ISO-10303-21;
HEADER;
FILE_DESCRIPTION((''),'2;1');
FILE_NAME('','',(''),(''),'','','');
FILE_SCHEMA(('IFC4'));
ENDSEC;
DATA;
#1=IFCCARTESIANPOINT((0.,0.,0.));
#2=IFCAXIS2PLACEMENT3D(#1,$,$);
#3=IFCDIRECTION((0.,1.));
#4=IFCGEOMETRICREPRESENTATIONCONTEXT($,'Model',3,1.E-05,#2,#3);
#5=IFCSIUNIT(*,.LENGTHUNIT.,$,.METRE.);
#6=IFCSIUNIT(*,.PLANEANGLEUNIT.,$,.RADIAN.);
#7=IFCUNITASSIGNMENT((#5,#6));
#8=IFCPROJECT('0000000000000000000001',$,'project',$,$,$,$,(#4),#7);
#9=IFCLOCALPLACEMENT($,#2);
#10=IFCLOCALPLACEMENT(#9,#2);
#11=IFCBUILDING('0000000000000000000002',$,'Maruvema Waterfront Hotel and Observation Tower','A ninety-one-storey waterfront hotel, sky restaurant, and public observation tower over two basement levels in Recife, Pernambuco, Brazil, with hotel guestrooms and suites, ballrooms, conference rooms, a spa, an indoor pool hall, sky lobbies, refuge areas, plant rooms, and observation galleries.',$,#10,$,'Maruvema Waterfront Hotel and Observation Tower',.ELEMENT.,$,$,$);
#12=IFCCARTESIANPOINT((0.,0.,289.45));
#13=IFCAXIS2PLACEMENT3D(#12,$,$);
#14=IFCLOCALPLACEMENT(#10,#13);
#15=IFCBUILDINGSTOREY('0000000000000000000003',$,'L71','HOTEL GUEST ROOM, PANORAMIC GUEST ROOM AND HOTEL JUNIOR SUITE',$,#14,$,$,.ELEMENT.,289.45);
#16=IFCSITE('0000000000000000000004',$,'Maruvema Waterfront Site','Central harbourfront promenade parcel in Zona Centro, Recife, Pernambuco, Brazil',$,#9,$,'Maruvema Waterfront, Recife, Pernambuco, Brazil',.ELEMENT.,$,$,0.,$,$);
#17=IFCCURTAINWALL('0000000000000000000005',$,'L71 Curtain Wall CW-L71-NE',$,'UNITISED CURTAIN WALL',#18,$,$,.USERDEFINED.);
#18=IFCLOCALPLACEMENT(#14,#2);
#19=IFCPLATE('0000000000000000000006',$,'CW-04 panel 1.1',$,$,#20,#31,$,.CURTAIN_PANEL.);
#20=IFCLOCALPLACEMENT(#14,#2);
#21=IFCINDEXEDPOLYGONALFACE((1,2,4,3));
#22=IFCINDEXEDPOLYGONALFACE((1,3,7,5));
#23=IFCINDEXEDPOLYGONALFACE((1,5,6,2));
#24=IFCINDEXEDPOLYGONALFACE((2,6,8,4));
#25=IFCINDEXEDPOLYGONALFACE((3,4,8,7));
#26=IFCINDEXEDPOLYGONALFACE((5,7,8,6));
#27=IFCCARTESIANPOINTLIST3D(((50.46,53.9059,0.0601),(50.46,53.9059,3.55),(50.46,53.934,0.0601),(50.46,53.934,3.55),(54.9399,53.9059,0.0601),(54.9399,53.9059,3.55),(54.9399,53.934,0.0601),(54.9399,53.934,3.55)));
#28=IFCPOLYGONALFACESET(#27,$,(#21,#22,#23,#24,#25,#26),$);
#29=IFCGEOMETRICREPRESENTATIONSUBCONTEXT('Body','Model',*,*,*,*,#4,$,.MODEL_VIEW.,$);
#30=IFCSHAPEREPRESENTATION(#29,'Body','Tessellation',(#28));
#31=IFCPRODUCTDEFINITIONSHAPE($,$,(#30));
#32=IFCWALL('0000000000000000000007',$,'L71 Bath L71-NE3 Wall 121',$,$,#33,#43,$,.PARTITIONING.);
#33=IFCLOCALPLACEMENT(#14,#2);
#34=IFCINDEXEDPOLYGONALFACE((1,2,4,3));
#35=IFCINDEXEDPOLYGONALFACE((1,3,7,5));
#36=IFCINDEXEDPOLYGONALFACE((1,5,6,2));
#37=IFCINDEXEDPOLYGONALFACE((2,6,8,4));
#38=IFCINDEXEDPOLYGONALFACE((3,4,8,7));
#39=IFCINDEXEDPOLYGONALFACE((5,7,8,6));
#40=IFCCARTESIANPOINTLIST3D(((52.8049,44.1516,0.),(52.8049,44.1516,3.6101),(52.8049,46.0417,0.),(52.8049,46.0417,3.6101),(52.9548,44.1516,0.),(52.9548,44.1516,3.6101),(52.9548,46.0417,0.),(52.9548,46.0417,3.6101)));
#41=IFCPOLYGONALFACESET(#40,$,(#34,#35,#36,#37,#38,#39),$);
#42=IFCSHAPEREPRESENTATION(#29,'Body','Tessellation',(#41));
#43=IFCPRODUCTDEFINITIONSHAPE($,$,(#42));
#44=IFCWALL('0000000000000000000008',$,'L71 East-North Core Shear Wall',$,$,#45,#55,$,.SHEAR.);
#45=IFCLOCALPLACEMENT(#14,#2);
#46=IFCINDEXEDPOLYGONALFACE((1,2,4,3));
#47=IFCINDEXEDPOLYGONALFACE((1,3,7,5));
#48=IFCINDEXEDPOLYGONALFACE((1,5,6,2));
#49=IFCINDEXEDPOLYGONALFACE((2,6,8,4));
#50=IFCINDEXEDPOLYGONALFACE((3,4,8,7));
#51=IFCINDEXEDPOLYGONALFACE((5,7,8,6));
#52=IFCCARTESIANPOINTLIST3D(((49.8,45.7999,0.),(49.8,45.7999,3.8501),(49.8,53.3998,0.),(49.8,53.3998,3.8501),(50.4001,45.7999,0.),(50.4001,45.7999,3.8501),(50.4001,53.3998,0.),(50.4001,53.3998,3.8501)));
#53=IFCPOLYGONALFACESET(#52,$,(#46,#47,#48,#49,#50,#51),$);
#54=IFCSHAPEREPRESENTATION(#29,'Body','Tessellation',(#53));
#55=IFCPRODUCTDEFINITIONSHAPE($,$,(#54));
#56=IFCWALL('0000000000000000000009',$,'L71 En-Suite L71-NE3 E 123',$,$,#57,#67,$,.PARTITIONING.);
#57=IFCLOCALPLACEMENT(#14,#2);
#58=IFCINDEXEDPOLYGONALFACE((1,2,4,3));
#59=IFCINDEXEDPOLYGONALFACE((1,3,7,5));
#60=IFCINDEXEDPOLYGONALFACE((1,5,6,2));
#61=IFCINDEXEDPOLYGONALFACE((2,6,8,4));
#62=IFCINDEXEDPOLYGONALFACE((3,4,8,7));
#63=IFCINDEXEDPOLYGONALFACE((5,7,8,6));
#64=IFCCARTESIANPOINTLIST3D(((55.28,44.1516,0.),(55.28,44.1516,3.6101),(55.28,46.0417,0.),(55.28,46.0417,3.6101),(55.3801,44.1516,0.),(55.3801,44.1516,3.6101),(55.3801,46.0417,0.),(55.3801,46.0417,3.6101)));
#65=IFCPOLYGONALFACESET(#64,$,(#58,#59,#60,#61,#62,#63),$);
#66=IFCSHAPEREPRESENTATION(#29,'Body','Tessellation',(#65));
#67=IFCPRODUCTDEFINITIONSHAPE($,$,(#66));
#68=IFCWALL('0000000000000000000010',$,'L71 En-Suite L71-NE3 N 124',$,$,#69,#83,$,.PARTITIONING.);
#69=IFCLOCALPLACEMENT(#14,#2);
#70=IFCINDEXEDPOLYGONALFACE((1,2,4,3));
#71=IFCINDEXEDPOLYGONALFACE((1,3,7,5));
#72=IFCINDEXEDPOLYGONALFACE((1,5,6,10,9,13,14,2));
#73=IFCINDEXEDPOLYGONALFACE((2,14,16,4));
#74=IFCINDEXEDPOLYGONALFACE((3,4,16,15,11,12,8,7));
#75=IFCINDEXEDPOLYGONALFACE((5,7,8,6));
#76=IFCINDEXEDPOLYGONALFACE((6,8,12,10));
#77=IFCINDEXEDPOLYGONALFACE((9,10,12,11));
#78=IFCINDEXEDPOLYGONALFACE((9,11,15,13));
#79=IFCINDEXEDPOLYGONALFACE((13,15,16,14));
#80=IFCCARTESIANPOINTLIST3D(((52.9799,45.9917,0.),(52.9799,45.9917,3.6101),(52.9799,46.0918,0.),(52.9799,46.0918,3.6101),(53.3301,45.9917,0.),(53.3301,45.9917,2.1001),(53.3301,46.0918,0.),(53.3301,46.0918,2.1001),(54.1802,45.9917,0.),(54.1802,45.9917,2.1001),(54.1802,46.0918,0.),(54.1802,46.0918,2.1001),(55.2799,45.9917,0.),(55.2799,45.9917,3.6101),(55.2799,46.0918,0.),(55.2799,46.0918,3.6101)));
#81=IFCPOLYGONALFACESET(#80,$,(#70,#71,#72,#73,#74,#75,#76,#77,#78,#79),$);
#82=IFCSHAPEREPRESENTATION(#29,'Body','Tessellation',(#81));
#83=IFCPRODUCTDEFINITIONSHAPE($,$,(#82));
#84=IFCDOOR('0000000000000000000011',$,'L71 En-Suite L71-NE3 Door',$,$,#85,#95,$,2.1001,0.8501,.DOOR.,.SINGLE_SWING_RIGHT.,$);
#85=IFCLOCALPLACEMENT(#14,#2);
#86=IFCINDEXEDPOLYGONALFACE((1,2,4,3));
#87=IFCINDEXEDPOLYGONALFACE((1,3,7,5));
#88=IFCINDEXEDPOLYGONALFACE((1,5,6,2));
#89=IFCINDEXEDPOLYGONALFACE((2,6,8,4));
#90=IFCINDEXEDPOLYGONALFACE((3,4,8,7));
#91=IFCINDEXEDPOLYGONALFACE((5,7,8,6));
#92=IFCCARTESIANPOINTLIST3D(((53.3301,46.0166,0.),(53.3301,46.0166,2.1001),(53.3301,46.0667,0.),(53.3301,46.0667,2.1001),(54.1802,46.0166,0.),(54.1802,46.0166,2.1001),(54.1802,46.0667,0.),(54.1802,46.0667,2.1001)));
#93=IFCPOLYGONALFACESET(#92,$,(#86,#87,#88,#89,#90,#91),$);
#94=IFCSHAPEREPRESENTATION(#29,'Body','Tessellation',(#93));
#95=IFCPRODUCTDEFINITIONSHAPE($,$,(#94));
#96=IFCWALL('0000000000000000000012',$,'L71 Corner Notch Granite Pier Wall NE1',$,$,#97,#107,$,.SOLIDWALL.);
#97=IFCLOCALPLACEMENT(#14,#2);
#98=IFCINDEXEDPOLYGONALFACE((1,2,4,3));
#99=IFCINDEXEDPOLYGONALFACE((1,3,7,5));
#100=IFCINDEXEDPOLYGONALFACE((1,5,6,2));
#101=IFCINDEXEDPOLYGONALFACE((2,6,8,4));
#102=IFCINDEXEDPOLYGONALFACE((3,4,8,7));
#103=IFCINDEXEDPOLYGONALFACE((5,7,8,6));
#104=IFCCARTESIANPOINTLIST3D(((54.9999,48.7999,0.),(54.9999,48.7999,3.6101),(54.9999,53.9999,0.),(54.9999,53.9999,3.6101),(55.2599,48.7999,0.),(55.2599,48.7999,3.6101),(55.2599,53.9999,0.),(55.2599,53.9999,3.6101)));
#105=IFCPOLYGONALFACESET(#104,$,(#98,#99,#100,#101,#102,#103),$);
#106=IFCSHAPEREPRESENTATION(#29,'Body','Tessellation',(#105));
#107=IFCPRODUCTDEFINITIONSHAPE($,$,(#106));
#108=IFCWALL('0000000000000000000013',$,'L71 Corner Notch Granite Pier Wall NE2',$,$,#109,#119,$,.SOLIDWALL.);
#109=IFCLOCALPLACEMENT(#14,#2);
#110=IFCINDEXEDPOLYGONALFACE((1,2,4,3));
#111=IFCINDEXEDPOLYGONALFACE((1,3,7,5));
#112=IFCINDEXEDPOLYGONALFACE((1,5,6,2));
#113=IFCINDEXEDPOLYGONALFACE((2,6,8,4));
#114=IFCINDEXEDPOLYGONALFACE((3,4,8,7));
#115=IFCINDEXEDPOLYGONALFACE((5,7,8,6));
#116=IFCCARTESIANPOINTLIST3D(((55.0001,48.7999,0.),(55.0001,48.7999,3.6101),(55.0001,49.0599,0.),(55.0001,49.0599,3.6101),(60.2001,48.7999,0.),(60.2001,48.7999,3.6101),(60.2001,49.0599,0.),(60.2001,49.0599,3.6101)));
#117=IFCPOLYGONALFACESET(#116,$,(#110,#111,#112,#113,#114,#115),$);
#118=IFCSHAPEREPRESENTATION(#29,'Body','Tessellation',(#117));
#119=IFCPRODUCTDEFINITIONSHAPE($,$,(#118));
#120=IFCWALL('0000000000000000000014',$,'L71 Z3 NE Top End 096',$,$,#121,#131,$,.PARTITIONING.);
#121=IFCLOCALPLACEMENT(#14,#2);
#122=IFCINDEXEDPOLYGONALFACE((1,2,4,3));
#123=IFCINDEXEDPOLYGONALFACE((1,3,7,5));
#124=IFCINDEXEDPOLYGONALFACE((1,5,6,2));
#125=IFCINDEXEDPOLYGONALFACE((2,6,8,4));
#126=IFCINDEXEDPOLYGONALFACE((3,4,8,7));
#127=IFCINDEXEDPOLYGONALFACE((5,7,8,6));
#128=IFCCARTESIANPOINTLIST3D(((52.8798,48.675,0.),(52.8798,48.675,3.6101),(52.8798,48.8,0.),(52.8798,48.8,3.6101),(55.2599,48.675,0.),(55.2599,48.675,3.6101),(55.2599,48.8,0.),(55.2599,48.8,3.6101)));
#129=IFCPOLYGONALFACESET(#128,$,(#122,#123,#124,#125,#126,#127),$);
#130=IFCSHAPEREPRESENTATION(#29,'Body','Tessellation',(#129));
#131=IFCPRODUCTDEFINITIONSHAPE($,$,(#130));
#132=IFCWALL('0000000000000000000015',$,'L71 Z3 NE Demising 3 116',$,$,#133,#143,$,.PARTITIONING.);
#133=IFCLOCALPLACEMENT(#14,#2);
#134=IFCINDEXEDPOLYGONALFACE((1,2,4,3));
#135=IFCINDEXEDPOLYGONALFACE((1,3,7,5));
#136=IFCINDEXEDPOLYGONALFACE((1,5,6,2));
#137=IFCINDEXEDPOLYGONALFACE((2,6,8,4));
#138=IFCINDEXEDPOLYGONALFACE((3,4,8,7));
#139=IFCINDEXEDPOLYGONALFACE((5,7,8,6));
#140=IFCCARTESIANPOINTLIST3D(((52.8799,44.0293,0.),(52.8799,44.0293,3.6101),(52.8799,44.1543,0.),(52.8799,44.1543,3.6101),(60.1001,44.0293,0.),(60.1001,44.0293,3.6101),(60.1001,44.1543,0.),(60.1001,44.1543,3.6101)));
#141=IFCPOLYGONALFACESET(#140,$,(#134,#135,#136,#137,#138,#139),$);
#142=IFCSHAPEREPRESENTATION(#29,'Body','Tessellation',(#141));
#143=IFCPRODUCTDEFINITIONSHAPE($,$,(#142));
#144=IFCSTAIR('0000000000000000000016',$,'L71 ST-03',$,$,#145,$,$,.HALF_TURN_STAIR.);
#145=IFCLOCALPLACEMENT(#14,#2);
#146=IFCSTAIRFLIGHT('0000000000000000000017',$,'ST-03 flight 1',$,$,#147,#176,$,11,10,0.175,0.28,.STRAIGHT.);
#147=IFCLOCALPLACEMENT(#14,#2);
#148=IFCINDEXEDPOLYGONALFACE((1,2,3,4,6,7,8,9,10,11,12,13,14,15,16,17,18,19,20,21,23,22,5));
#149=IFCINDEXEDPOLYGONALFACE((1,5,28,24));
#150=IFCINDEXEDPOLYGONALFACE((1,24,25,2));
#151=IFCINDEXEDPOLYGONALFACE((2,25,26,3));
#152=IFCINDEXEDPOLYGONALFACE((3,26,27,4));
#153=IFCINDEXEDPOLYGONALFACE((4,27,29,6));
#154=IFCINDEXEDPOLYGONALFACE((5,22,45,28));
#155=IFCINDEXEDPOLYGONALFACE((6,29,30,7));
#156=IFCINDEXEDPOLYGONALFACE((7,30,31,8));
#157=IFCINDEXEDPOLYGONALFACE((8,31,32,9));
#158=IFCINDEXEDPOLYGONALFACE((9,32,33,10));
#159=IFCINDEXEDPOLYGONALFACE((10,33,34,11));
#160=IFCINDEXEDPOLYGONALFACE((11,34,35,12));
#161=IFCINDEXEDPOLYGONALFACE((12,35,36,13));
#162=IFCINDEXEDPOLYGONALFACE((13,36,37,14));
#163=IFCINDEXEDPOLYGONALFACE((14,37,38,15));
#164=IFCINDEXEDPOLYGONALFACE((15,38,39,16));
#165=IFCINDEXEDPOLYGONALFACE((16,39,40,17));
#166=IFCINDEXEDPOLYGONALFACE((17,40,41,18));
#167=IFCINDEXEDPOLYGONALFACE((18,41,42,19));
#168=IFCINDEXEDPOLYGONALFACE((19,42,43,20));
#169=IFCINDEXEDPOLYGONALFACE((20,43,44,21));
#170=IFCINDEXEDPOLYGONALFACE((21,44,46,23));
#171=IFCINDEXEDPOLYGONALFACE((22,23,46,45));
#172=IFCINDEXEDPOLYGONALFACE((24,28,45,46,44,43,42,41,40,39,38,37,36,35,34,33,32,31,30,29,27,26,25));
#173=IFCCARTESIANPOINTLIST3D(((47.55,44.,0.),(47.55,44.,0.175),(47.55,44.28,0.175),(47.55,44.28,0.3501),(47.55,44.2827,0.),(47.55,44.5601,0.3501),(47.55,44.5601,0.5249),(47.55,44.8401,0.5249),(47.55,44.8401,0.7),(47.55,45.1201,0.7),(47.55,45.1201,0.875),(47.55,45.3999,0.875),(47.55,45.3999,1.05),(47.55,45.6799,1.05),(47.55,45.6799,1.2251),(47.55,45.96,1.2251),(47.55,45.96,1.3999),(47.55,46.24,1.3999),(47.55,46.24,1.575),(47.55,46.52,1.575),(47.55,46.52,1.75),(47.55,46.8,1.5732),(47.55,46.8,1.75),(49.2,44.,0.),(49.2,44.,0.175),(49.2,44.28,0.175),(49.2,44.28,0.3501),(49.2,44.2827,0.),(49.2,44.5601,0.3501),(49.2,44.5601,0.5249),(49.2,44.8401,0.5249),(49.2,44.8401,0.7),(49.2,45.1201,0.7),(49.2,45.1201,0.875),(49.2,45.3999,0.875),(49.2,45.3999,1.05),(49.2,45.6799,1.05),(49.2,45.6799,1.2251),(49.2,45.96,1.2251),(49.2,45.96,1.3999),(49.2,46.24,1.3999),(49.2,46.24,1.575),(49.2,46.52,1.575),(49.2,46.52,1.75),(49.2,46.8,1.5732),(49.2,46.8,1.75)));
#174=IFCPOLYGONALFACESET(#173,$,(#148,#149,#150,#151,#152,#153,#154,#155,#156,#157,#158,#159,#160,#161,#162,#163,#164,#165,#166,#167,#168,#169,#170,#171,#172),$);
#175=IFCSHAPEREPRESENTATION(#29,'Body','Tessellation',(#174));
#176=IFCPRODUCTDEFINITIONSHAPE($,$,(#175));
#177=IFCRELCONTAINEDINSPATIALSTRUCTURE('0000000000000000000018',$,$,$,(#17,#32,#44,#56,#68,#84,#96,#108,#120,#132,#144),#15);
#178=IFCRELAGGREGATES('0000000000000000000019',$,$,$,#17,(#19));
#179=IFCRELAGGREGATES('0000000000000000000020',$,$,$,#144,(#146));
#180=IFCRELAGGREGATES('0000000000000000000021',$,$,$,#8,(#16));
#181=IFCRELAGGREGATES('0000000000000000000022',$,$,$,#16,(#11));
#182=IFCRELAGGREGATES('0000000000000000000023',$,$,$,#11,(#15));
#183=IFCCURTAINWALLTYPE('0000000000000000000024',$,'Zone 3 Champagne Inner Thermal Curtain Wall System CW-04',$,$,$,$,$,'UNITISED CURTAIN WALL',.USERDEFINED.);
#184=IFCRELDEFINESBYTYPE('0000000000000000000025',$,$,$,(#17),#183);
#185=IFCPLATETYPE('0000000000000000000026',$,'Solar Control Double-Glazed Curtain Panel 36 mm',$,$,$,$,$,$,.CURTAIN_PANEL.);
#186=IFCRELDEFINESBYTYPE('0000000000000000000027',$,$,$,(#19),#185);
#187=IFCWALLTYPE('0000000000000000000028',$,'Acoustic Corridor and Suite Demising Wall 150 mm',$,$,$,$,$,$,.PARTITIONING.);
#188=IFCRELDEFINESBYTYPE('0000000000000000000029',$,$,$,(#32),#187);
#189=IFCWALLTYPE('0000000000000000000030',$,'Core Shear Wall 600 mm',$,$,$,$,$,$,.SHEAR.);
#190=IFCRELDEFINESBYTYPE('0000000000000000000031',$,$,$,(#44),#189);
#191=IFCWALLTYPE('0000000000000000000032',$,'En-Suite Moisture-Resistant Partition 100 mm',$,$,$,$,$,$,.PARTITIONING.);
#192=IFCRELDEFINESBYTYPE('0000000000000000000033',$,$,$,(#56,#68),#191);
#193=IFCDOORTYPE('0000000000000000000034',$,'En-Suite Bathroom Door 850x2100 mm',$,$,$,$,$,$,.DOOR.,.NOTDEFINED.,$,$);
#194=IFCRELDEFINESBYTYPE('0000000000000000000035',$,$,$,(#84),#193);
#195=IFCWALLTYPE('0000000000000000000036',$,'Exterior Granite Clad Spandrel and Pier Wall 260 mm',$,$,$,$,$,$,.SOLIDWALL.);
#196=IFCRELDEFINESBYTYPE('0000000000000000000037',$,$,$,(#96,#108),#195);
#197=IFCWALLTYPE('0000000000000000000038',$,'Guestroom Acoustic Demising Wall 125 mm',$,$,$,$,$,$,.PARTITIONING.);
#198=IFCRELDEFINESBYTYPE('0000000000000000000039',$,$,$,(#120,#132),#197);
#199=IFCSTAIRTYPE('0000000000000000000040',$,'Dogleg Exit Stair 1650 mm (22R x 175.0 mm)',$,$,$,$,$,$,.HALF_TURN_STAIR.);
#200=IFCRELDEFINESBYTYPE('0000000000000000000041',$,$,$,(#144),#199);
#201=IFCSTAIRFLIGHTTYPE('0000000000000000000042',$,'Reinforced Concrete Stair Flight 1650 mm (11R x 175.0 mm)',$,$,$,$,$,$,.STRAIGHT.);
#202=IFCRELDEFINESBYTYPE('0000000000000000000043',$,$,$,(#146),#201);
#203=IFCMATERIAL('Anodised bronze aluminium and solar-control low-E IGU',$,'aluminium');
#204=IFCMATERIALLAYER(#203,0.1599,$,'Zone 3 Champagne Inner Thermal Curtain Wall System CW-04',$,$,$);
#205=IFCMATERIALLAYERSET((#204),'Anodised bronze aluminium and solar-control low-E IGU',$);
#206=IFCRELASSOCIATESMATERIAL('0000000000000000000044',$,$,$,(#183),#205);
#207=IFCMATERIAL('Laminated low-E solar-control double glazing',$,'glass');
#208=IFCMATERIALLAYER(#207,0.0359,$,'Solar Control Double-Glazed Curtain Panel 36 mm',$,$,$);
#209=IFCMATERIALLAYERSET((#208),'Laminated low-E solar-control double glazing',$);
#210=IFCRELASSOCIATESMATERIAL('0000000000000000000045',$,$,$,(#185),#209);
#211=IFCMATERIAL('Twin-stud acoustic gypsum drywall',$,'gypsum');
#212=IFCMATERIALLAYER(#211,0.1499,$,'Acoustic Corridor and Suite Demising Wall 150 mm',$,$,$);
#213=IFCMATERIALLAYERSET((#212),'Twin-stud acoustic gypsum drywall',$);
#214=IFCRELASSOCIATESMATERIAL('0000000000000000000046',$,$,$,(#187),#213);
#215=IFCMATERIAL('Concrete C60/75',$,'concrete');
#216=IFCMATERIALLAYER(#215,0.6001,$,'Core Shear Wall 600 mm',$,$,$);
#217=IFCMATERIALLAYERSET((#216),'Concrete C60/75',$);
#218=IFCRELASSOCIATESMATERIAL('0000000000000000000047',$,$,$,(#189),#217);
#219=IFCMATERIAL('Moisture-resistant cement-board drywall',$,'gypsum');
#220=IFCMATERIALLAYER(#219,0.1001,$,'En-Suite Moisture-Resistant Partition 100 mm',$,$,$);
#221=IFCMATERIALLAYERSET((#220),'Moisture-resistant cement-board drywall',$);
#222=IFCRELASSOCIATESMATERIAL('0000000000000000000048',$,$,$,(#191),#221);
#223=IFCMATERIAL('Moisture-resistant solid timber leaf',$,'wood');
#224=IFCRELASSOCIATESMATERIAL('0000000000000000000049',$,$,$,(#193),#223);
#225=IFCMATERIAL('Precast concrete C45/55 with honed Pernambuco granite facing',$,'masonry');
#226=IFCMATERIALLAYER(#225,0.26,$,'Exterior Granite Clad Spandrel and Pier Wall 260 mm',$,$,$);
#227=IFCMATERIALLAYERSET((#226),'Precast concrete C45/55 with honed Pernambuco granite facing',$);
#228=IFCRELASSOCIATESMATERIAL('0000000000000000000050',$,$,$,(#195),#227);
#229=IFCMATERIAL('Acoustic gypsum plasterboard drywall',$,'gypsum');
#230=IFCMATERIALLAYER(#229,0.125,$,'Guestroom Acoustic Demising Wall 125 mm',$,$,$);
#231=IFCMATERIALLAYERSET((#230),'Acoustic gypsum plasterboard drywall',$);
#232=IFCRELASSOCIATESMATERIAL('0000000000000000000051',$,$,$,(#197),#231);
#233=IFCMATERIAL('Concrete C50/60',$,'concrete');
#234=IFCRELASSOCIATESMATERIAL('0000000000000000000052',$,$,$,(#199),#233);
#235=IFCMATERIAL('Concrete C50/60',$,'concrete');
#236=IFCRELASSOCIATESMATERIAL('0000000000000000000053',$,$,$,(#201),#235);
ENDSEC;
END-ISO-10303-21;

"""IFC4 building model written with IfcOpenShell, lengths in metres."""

from ifc_helpers import new_model, si_unit, direction, frame, frame_2d, origin, origin_2d, place, context, subcontext, project, spatial, polyline, rectangle, outline, extrude, material, layer, layer_set, type_object, element, fill, aggregate, save


model = new_model("IFC4")

# Units and contexts
model_context = context("Model", 3, precision=1e-05, world=origin(), true_north=direction((0.0, 1.0)))
body_context = subcontext(model_context, "Body", "Model", "MODEL_VIEW")
ifc_project = project(units=[si_unit("LENGTHUNIT", "METRE"), si_unit("PLANEANGLEUNIT", "RADIAN")], contexts=[model_context])

# Site, building, storey
site_placement = place(None, origin())
site = spatial("IfcSite", under=ifc_project, at=site_placement, Name="Maruvema Waterfront Site", Description="Central harbourfront promenade parcel in Zona Centro, Recife, Pernambuco, Brazil", LongName="Maruvema Waterfront, Recife, Pernambuco, Brazil", CompositionType="ELEMENT", RefElevation=0.0)
building_placement = place(site_placement, origin())
building = spatial("IfcBuilding", under=site, at=building_placement, Name="Maruvema Waterfront Hotel and Observation Tower", Description="A ninety-one-storey waterfront hotel, sky restaurant, and public observation tower over two basement levels in Recife, Pernambuco, Brazil, with hotel guestrooms and suites, ballrooms, conference rooms, a spa, an indoor pool hall, sky lobbies, refuge areas, plant rooms, and observation galleries.", LongName="Maruvema Waterfront Hotel and Observation Tower", CompositionType="ELEMENT")
storey_placement = place(building_placement, frame((0.0, 0.0, 289.45)))
storey = spatial("IfcBuildingStorey", under=building, at=storey_placement, Name="L71", Description="HOTEL GUEST ROOM, PANORAMIC GUEST ROOM AND HOTEL JUNIOR SUITE", CompositionType="ELEMENT", Elevation=289.45)

# Curtain wall
ifc_material_1 = material(Name="Anodised bronze aluminium and solar-control low-E IGU", Category="aluminium")
ifc_layer_1 = layer(ifc_material_1, 0.1599, Name="Zone 3 Champagne Inner Thermal Curtain Wall System CW-04")
ifc_layer_set_1 = layer_set([ifc_layer_1], Name="Anodised bronze aluminium and solar-control low-E IGU")
curtain_wall_type = type_object("IfcCurtainWallType", Name="Zone 3 Champagne Inner Thermal Curtain Wall System CW-04", ElementType="UNITISED CURTAIN WALL", PredefinedType="USERDEFINED", material=ifc_layer_set_1)
curtain_wall_1_placement = place(storey_placement, origin())
curtain_wall_1 = element("IfcCurtainWall", 1, at=curtain_wall_1_placement, inside=storey, type_object=curtain_wall_type, Name="L71 Curtain Wall CW-L71-NE", ObjectType="UNITISED CURTAIN WALL", PredefinedType="USERDEFINED")

# Plate
ifc_material_2 = material(Name="Laminated low-E solar-control double glazing", Category="glass")
ifc_layer_2 = layer(ifc_material_2, 0.0359, Name="Solar Control Double-Glazed Curtain Panel 36 mm")
ifc_layer_set_2 = layer_set([ifc_layer_2], Name="Laminated low-E solar-control double glazing")
plate_type = type_object("IfcPlateType", Name="Solar Control Double-Glazed Curtain Panel 36 mm", PredefinedType="CURTAIN_PANEL", material=ifc_layer_set_2)
plate_1_placement = place(storey_placement, frame((52.7, 53.9199, 0.0601), z_axis=(0.0, 0.0, 1.0), x_axis=(-1.0, 0.0, 0.0)))
plate_1 = element("IfcPlate", 2, at=plate_1_placement, type_object=plate_type, Name="CW-04 panel 1.1", PredefinedType="CURTAIN_PANEL", context=body_context, shape_type="SweptSolid", body=[
    extrude(rectangle(XDim=4.48, YDim=0.0281, at=origin_2d()), origin(), (0.0, 0.0, 1.0), 3.49),
])
aggregate(curtain_wall_1, [plate_1])

# Wall
ifc_material_3 = material(Name="Twin-stud acoustic gypsum drywall", Category="gypsum")
ifc_layer_3 = layer(ifc_material_3, 0.1499, Name="Acoustic Corridor and Suite Demising Wall 150 mm")
ifc_layer_set_3 = layer_set([ifc_layer_3], Name="Twin-stud acoustic gypsum drywall")
wall_type_1 = type_object("IfcWallType", Name="Acoustic Corridor and Suite Demising Wall 150 mm", PredefinedType="PARTITIONING", material=ifc_layer_set_3)
wall_1_placement = place(storey_placement, frame((52.8799, 44.1516, 0.0), z_axis=(0.0, 0.0, 1.0), x_axis=(0.0, 1.0, 0.0)))
element("IfcWall", 3, at=wall_1_placement, inside=storey, type_object=wall_type_1, Name="L71 Bath L71-NE3 Wall 121", PredefinedType="PARTITIONING", context=body_context, shape_type="SweptSolid", body=[
    extrude(rectangle(XDim=1.8901, YDim=0.1499, at=frame_2d((0.9451, 0.0))), origin(), (0.0, 0.0, 1.0), 3.6101),
])

# Walls
ifc_material_4 = material(Name="Concrete C60/75", Category="concrete")
ifc_layer_4 = layer(ifc_material_4, 0.6001, Name="Core Shear Wall 600 mm")
ifc_layer_set_4 = layer_set([ifc_layer_4], Name="Concrete C60/75")
wall_type_2 = type_object("IfcWallType", Name="Core Shear Wall 600 mm", PredefinedType="SHEAR", material=ifc_layer_set_4)
wall_2_placement = place(storey_placement, frame((50.1001, 45.8, 0.0), z_axis=(0.0, 0.0, 1.0), x_axis=(0.0, 1.0, 0.0)))
element("IfcWall", 4, at=wall_2_placement, inside=storey, type_object=wall_type_2, Name="L71 East-North Core Shear Wall", PredefinedType="SHEAR", context=body_context, shape_type="SweptSolid", body=[
    extrude(rectangle(XDim=7.5999, YDim=0.6001, at=frame_2d((3.7998, 0.0))), origin(), (0.0, 0.0, 1.0), 3.8501),
])
ifc_material_5 = material(Name="Moisture-resistant cement-board drywall", Category="gypsum")
ifc_layer_5 = layer(ifc_material_5, 0.1001, Name="En-Suite Moisture-Resistant Partition 100 mm")
ifc_layer_set_5 = layer_set([ifc_layer_5], Name="Moisture-resistant cement-board drywall")
wall_type_3 = type_object("IfcWallType", Name="En-Suite Moisture-Resistant Partition 100 mm", PredefinedType="PARTITIONING", material=ifc_layer_set_5)
wall_3_placement = place(storey_placement, frame((55.3301, 44.1516, 0.0), z_axis=(0.0, 0.0, 1.0), x_axis=(0.0, 1.0, 0.0)))
element("IfcWall", 5, at=wall_3_placement, inside=storey, type_object=wall_type_3, Name="L71 En-Suite L71-NE3 E 123", PredefinedType="PARTITIONING", context=body_context, shape_type="SweptSolid", body=[
    extrude(rectangle(XDim=1.8901, YDim=0.1001, at=frame_2d((0.9451, 0.0))), origin(), (0.0, 0.0, 1.0), 3.6101),
])

# Wall, opening, door
wall_4_placement = place(storey_placement, frame((52.98, 46.0417, 0.0), z_axis=(0.0, 0.0, 1.0), x_axis=(1.0, 0.0, 0.0)))
wall_4 = element("IfcWall", 6, at=wall_4_placement, inside=storey, type_object=wall_type_3, Name="L71 En-Suite L71-NE3 N 124", PredefinedType="PARTITIONING", context=body_context, shape_type="SweptSolid", body=[
    extrude(rectangle(XDim=2.3, YDim=0.1001, at=frame_2d((1.1499, 0.0))), origin(), (0.0, 0.0, 1.0), 3.6101),
])
opening_1_placement = place(wall_4_placement, frame((0.3501, 0.0, 0.0)))
opening_1 = element("IfcOpeningElement", 7, at=opening_1_placement, cuts=wall_4, PredefinedType="OPENING", context=body_context, shape_type="SweptSolid", body=[
    extrude(rectangle(XDim=0.8501, YDim=2.1001, at=frame_2d((0.425, 1.05))), frame((0.0, 0.0601, 0.0), z_axis=(0.0, -1.0, 0.0), x_axis=(1.0, 0.0, 0.0)), (0.0, 0.0, 1.0), 0.1201),
])
ifc_material_6 = material(Name="Moisture-resistant solid timber leaf", Category="wood")
door_type_1 = type_object("IfcDoorType", Name="En-Suite Bathroom Door 850x2100 mm", OperationType="NOTDEFINED", PredefinedType="DOOR", material=ifc_material_6)
door_1_placement = place(opening_1_placement, origin())
door_1 = element("IfcDoor", 8, at=door_1_placement, inside=storey, type_object=door_type_1, Name="L71 En-Suite L71-NE3 Door", OperationType="SINGLE_SWING_RIGHT", OverallHeight=2.1001, OverallWidth=0.8501, PredefinedType="DOOR", context=body_context, shape_type="SweptSolid", body=[
    extrude(rectangle(XDim=0.8501, YDim=2.1001, at=frame_2d((0.425, 1.05))), frame((0.0, 0.0249, 0.0), z_axis=(0.0, -1.0, 0.0), x_axis=(1.0, 0.0, 0.0)), (0.0, 0.0, 1.0), 0.05),
])
fill(opening_1, door_1)

# Walls
ifc_material_7 = material(Name="Precast concrete C45/55 with honed Pernambuco granite facing", Category="masonry")
ifc_layer_6 = layer(ifc_material_7, 0.26, Name="Exterior Granite Clad Spandrel and Pier Wall 260 mm")
ifc_layer_set_6 = layer_set([ifc_layer_6], Name="Precast concrete C45/55 with honed Pernambuco granite facing")
wall_type_4 = type_object("IfcWallType", Name="Exterior Granite Clad Spandrel and Pier Wall 260 mm", PredefinedType="SOLIDWALL", material=ifc_layer_set_6)
for number, where, z_axis, x_axis, name in (
    (9, (55.1299, 54.0, 0.0), (0.0, 0.0, 1.0), (0.0, -1.0, 0.0), "L71 Corner Notch Granite Pier Wall NE1"),
    (10, (55.0, 48.9299, 0.0), (0.0, 0.0, 1.0), (1.0, 0.0, 0.0), "L71 Corner Notch Granite Pier Wall NE2"),
):
    element("IfcWall", number, at=place(storey_placement, frame(where, z_axis=z_axis, x_axis=x_axis)), inside=storey, type_object=wall_type_4, Name=name, PredefinedType="SOLIDWALL", context=body_context, shape_type="SweptSolid", body=[
        extrude(rectangle(XDim=5.2, YDim=0.26, at=frame_2d((2.6001, 0.0))), origin(), (0.0, 0.0, 1.0), 3.6101),
    ])
ifc_material_8 = material(Name="Acoustic gypsum plasterboard drywall", Category="gypsum")
ifc_layer_7 = layer(ifc_material_8, 0.125, Name="Guestroom Acoustic Demising Wall 125 mm")
ifc_layer_set_7 = layer_set([ifc_layer_7], Name="Acoustic gypsum plasterboard drywall")
wall_type_5 = type_object("IfcWallType", Name="Guestroom Acoustic Demising Wall 125 mm", PredefinedType="PARTITIONING", material=ifc_layer_set_7)
wall_5_placement = place(storey_placement, frame((52.8799, 48.7375, 0.0), z_axis=(0.0, 0.0, 1.0), x_axis=(1.0, 0.0, 0.0)))
element("IfcWall", 11, at=wall_5_placement, inside=storey, type_object=wall_type_5, Name="L71 Z3 NE Top End 096", PredefinedType="PARTITIONING", context=body_context, shape_type="SweptSolid", body=[
    extrude(rectangle(XDim=2.3801, YDim=0.125, at=frame_2d((1.1899, 0.0))), origin(), (0.0, 0.0, 1.0), 3.6101),
])
wall_6_placement = place(storey_placement, frame((52.8799, 44.0918, 0.0), z_axis=(0.0, 0.0, 1.0), x_axis=(1.0, 0.0, 0.0)))
element("IfcWall", 12, at=wall_6_placement, inside=storey, type_object=wall_type_5, Name="L71 Z3 NE Demising 3 116", PredefinedType="PARTITIONING", context=body_context, shape_type="SweptSolid", body=[
    extrude(rectangle(XDim=7.2202, YDim=0.125, at=frame_2d((3.6101, 0.0))), origin(), (0.0, 0.0, 1.0), 3.6101),
])

# Stair, stair flight
ifc_material_9 = material(Name="Concrete C50/60", Category="concrete")
stair_type = type_object("IfcStairType", Name="Dogleg Exit Stair 1650 mm (22R x 175.0 mm)", PredefinedType="HALF_TURN_STAIR", material=ifc_material_9)
stair_placement = place(storey_placement, origin())
stair = element("IfcStair", 13, at=stair_placement, inside=storey, type_object=stair_type, Name="L71 ST-03", PredefinedType="HALF_TURN_STAIR")
ifc_material_10 = material(Name="Concrete C50/60", Category="concrete")
stair_flight_type = type_object("IfcStairFlightType", Name="Reinforced Concrete Stair Flight 1650 mm (11R x 175.0 mm)", PredefinedType="STRAIGHT", material=ifc_material_10)
stair_flight_placement = place(storey_placement, frame((48.375, 44.0, 0.0), z_axis=(0.0, 0.0, 1.0), x_axis=(0.0, 1.0, 0.0)))
stair_flight = element("IfcStairFlight", 14, at=stair_flight_placement, type_object=stair_flight_type, Name="ST-03 flight 1", NumberOfRisers=11, NumberOfTreads=10, PredefinedType="STRAIGHT", RiserHeight=0.175, TreadLength=0.28, context=body_context, shape_type="SweptSolid", body=[
    extrude(outline(polyline([(0.0, 0.0), (0.0, 0.175), (0.28, 0.175), (0.28, 0.3501), (0.5601, 0.3501), (0.5601, 0.5249), (0.8401, 0.5249), (0.8401, 0.7), (1.1201, 0.7), (1.1201, 0.875), (1.3999, 0.875), (1.3999, 1.05), (1.6799, 1.05), (1.6799, 1.2251), (1.96, 1.2251), (1.96, 1.3999), (2.24, 1.3999), (2.24, 1.575), (2.52, 1.575), (2.52, 1.75), (2.8, 1.75), (2.8, 1.925), (2.8, 1.5732), (0.2827, 0.0), (0.0, 0.0)])), frame((0.0, 0.825, 0.0), z_axis=(0.0, -1.0, 0.0), x_axis=(1.0, 0.0, 0.0)), (0.0, 0.0, 1.0), 1.6499),
])
aggregate(stair, [stair_flight])

save(model, "model.ifc")
